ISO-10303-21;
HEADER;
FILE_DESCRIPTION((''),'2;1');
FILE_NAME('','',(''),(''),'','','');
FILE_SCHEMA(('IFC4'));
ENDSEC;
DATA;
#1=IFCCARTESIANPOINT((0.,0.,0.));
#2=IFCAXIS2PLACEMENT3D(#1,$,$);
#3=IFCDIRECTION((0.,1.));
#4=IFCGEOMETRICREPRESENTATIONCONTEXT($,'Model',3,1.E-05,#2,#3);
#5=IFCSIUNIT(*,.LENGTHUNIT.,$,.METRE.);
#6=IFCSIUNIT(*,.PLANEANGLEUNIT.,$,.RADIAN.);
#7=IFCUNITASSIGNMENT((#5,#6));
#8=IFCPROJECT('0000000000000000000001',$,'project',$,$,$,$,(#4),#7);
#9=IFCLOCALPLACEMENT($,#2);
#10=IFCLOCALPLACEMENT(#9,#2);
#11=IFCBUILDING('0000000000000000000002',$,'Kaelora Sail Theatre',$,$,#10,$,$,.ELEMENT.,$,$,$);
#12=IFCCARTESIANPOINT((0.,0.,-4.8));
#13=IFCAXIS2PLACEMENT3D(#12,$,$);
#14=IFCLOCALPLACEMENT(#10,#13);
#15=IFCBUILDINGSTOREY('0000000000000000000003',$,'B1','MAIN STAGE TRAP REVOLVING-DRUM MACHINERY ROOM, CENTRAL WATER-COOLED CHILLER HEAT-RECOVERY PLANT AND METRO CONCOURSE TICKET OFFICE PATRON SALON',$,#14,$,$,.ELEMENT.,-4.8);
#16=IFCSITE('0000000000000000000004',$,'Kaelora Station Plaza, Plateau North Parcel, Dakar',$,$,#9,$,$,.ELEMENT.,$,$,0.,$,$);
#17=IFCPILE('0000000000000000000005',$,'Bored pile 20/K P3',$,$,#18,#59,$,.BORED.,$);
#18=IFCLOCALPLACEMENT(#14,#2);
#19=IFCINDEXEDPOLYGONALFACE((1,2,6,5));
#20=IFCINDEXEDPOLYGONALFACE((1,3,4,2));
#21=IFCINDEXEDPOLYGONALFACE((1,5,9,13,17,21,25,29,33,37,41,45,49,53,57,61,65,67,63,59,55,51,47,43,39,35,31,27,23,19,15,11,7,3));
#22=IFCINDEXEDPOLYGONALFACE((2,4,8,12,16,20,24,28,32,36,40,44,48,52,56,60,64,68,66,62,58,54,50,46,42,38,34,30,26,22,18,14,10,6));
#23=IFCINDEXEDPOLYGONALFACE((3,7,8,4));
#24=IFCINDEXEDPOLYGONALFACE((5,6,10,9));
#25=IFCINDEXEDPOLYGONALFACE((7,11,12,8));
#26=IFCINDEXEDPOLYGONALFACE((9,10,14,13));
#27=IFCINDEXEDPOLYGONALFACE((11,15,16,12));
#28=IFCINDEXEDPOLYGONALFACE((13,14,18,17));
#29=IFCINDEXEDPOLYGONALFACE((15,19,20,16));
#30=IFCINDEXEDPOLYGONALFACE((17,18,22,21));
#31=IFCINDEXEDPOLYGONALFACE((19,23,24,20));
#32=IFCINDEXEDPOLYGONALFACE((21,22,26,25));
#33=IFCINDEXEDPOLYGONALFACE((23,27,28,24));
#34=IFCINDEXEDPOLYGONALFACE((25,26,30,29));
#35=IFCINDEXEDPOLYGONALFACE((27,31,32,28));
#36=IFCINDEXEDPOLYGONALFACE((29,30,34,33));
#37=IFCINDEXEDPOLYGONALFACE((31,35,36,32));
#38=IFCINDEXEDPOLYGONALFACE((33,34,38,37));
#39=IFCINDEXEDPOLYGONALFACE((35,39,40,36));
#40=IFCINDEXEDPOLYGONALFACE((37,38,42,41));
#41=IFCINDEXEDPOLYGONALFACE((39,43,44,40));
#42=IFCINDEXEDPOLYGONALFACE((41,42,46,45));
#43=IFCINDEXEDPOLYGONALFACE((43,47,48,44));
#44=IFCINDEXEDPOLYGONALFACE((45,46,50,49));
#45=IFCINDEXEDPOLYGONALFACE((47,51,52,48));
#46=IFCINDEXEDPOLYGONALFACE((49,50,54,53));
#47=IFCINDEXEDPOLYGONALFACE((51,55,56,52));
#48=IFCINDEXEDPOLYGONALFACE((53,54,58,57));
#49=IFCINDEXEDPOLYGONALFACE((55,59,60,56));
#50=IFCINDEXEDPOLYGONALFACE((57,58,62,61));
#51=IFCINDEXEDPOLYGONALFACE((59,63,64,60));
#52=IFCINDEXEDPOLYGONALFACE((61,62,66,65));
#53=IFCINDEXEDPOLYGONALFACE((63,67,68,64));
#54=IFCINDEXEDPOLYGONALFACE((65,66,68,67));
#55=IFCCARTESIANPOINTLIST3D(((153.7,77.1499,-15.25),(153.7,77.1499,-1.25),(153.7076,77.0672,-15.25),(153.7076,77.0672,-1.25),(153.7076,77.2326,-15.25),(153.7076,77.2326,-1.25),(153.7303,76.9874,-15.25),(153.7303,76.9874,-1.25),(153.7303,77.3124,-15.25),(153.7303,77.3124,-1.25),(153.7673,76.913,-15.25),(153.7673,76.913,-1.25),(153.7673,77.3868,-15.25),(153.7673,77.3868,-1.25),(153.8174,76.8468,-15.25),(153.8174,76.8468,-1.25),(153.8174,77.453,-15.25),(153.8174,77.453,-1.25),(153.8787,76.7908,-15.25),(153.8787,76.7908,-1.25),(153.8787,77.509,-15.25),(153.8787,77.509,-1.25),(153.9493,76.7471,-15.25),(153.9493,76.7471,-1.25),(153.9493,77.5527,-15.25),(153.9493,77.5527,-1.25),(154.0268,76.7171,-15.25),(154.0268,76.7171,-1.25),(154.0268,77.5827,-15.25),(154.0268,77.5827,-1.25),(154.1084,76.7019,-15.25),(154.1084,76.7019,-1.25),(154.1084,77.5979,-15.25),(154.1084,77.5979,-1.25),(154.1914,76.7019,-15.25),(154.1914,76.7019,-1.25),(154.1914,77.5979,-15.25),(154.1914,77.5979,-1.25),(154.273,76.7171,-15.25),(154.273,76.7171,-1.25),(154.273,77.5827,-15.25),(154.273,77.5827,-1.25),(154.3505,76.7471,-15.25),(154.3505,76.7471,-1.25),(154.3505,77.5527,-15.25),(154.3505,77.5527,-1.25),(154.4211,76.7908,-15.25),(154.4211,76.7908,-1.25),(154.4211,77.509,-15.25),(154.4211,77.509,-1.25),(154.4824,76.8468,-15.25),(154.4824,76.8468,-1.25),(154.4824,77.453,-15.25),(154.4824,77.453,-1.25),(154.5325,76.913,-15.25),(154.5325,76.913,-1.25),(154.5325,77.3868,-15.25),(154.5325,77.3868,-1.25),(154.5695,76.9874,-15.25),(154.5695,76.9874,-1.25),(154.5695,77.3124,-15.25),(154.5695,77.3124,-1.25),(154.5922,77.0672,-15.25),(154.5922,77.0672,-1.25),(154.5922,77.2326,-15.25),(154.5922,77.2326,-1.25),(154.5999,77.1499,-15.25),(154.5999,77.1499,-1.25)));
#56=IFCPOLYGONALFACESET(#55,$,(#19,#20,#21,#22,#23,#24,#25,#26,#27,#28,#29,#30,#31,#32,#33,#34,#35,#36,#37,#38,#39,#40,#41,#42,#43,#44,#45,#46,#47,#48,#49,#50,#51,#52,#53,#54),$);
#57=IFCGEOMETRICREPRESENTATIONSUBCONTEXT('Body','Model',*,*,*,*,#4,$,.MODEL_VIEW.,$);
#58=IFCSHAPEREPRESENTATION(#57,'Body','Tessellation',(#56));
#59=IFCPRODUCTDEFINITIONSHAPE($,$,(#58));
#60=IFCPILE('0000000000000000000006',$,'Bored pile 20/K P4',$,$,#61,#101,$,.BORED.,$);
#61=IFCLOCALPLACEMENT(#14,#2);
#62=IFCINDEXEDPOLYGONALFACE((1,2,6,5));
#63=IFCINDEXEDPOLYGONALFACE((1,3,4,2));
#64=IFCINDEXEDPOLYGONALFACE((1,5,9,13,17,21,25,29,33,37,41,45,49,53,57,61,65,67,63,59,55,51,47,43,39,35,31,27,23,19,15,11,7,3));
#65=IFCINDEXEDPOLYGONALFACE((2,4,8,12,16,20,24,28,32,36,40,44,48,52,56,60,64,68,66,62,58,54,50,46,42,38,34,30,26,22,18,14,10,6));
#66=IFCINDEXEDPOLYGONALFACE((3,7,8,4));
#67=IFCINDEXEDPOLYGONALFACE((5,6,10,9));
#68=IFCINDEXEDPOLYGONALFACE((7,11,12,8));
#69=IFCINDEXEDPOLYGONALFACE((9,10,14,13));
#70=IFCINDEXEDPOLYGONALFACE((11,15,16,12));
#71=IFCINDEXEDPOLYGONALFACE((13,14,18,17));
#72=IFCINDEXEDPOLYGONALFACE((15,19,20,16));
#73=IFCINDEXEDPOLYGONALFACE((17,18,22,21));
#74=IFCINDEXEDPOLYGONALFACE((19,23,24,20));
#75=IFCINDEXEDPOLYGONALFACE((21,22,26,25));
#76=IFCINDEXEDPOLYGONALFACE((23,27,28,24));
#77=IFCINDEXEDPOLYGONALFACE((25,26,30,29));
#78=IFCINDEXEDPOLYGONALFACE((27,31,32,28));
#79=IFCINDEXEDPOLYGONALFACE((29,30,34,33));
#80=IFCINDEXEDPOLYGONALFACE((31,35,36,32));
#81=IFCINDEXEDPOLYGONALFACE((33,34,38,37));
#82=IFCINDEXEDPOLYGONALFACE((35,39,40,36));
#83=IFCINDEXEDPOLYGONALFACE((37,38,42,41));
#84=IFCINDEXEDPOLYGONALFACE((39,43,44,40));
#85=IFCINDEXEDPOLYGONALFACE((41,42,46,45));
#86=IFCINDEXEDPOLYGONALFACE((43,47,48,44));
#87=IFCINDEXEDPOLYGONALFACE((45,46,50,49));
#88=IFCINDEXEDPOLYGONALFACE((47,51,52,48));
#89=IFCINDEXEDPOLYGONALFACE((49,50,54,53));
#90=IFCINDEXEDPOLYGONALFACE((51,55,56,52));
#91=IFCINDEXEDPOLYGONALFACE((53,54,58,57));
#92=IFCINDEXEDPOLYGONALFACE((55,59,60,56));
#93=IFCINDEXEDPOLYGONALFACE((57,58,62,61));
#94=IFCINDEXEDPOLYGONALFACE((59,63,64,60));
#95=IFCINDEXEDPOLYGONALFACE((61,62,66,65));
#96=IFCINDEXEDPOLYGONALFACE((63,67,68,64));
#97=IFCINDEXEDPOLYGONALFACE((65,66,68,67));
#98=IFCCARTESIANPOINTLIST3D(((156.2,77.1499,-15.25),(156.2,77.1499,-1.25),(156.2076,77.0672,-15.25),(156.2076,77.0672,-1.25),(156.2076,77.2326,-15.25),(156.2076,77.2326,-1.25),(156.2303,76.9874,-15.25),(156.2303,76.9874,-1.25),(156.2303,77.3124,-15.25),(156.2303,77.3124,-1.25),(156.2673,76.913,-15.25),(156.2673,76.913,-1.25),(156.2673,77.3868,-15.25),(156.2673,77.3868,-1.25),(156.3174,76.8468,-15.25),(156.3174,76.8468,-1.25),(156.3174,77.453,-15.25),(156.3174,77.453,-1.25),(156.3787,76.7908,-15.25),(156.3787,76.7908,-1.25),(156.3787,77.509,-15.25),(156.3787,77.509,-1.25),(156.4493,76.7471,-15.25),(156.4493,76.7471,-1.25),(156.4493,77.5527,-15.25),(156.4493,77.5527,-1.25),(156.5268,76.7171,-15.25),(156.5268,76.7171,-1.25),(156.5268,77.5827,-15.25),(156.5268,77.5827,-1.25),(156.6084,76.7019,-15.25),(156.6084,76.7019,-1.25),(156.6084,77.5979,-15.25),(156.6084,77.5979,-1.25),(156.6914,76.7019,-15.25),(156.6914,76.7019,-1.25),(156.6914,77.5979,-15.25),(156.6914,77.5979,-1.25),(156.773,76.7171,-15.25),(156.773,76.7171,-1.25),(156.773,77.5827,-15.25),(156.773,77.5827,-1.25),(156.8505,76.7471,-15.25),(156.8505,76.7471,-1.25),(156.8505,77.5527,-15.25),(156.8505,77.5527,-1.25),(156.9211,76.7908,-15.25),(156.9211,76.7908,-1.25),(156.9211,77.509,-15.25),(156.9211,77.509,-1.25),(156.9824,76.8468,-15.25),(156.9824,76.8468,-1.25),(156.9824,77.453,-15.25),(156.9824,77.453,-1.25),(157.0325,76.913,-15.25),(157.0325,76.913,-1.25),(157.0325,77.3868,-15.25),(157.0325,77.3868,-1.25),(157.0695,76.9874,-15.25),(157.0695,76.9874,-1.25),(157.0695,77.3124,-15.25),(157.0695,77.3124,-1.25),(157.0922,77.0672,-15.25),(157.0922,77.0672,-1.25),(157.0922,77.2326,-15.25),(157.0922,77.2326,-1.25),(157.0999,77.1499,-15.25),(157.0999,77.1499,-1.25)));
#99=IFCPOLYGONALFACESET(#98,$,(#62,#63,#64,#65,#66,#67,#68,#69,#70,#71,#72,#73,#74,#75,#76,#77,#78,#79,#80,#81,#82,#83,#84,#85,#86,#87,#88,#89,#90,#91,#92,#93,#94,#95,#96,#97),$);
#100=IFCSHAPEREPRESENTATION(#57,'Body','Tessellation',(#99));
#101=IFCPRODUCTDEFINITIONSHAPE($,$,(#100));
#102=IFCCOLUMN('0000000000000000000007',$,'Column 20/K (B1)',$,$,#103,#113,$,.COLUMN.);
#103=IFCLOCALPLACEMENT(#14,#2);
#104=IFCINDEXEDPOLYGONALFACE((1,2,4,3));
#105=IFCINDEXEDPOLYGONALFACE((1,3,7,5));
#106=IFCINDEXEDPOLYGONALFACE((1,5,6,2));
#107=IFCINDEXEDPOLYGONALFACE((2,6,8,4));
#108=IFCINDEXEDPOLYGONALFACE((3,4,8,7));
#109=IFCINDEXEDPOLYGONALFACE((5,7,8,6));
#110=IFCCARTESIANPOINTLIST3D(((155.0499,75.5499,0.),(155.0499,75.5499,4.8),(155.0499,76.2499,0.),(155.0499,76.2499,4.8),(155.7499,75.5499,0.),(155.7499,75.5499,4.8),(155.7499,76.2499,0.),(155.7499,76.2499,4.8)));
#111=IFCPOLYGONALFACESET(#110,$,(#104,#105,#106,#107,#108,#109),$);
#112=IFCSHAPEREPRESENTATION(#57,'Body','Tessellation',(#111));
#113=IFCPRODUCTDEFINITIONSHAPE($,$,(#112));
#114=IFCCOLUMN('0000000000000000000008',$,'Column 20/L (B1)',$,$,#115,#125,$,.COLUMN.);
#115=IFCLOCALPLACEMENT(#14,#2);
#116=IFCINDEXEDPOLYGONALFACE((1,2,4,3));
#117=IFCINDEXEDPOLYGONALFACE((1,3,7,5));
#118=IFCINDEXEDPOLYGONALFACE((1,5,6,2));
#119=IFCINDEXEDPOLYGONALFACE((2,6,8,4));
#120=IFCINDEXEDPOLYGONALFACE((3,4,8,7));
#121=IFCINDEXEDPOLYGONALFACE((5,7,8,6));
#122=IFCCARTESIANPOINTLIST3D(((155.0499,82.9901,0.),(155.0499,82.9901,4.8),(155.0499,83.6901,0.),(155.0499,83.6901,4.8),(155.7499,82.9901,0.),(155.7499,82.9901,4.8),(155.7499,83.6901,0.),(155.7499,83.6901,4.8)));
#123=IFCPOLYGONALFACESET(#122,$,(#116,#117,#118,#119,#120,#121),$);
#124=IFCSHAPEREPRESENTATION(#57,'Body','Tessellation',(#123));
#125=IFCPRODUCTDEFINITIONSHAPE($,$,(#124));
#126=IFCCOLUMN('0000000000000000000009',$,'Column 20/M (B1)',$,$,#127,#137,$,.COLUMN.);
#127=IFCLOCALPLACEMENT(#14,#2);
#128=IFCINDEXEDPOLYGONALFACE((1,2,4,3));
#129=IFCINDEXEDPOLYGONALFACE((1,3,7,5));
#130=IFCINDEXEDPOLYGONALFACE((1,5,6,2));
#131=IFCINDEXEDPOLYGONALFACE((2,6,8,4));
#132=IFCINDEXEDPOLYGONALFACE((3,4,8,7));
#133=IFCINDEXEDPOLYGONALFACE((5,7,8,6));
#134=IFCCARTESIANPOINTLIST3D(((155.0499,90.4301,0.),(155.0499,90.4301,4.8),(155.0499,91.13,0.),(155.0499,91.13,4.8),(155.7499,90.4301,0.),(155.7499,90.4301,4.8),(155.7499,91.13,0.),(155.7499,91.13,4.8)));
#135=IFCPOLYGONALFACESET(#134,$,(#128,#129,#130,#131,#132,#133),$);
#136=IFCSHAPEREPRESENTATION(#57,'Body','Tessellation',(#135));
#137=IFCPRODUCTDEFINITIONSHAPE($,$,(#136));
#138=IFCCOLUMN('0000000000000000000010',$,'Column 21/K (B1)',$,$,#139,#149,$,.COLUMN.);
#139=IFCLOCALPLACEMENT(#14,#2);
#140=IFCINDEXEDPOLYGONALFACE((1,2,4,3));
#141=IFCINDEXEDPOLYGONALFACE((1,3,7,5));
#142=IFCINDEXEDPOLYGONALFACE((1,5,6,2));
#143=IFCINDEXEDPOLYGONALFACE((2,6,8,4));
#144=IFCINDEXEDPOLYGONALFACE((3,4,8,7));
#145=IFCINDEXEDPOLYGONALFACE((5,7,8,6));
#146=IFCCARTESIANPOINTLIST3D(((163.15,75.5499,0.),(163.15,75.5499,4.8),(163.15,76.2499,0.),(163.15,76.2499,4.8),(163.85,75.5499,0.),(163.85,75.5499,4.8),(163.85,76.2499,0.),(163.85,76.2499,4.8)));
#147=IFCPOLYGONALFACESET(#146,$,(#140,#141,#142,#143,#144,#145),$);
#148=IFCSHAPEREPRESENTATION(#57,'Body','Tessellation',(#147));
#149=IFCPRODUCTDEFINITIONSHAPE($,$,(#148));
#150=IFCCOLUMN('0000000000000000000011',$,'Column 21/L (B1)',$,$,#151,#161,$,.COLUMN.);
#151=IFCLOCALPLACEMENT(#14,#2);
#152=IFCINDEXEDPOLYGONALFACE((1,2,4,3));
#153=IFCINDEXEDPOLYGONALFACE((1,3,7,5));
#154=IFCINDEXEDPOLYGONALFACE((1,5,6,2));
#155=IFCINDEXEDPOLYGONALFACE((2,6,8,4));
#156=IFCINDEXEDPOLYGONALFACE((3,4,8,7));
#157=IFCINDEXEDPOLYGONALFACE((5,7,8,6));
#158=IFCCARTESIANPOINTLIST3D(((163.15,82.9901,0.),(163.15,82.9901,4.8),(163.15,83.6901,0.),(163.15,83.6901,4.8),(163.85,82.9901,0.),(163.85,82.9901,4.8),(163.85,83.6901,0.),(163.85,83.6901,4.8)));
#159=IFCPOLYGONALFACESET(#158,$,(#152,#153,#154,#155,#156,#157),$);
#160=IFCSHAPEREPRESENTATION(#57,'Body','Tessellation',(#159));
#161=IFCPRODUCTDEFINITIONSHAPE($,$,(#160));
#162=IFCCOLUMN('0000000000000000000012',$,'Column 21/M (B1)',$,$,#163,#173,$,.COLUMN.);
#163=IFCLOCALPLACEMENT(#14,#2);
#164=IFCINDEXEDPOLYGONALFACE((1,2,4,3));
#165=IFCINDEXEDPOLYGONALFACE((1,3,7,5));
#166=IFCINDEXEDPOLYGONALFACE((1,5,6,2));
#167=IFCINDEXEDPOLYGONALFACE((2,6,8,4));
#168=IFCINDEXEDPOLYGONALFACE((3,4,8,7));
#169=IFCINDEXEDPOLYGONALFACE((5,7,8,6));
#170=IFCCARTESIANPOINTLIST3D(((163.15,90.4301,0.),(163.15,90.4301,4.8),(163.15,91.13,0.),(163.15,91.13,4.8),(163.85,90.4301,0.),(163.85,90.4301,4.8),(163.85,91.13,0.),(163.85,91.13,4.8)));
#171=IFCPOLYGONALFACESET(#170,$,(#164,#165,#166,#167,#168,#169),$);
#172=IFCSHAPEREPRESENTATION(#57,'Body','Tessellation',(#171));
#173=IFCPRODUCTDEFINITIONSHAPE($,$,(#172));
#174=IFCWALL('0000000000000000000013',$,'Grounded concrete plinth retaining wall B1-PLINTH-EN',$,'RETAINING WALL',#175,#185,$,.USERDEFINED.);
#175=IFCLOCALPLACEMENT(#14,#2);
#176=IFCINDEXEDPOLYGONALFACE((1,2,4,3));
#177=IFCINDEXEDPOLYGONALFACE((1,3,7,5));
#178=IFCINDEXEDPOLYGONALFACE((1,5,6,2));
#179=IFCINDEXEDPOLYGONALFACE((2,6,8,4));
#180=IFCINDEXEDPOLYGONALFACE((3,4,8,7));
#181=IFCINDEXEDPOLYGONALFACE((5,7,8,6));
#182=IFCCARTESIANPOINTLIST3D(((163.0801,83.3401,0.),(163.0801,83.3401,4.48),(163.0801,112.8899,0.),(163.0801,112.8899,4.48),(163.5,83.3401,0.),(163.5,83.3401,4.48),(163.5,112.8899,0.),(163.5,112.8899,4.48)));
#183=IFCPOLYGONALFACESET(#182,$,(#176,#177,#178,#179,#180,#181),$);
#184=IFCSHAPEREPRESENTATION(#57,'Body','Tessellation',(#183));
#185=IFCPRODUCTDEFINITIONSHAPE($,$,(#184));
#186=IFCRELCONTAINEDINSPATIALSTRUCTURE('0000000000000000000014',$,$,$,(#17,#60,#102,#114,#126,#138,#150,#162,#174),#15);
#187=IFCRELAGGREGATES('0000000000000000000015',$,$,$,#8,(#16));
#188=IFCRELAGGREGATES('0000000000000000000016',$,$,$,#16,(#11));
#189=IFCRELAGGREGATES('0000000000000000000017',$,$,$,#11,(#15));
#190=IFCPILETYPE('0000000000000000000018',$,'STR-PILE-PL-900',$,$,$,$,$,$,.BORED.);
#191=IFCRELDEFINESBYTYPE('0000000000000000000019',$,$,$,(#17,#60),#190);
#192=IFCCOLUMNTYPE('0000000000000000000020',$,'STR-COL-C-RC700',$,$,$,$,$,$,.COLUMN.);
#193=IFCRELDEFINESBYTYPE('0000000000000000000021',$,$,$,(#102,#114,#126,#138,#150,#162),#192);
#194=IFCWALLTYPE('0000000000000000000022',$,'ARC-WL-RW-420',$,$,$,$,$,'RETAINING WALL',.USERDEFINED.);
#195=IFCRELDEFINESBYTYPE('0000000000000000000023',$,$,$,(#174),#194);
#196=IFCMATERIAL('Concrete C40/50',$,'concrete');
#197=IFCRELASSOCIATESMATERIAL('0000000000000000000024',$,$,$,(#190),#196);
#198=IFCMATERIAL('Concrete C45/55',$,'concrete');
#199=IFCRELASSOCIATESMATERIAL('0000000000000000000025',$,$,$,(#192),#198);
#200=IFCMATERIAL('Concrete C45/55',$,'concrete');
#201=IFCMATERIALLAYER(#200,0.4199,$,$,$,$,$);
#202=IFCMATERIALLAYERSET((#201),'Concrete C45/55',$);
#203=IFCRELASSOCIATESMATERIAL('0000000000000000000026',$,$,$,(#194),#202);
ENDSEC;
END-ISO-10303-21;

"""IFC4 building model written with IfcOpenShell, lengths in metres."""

from ifc_helpers import new_model, si_unit, direction, frame, frame_2d, origin, origin_2d, place, context, subcontext, project, spatial, rectangle, circle, extrude, material, layer, layer_set, material_profile, profile_set, type_object, element, save


model = new_model("IFC4")

# Units and contexts
model_context = context("Model", 3, precision=1e-05, world=origin(), true_north=direction((0.0, 1.0)))
body_context = subcontext(model_context, "Body", "Model", "MODEL_VIEW")
ifc_project = project(units=[si_unit("LENGTHUNIT", "METRE"), si_unit("PLANEANGLEUNIT", "RADIAN")], contexts=[model_context])

# Site, building, storey
site_placement = place(None, origin())
site = spatial("IfcSite", under=ifc_project, at=site_placement, Name="Kaelora Station Plaza, Plateau North Parcel, Dakar", CompositionType="ELEMENT", RefElevation=0.0)
building_placement = place(site_placement, origin())
building = spatial("IfcBuilding", under=site, at=building_placement, Name="Kaelora Sail Theatre", CompositionType="ELEMENT")
storey_placement = place(building_placement, frame((0.0, 0.0, -4.8)))
storey = spatial("IfcBuildingStorey", under=building, at=storey_placement, Name="B1", Description="MAIN STAGE TRAP REVOLVING-DRUM MACHINERY ROOM, CENTRAL WATER-COOLED CHILLER HEAT-RECOVERY PLANT AND METRO CONCOURSE TICKET OFFICE PATRON SALON", CompositionType="ELEMENT", Elevation=-4.8)

# Piles
ifc_material_1 = material(Name="Concrete C40/50", Category="concrete")
ifc_material_profile_1 = material_profile(ifc_material_1, circle(Radius=0.45, at=origin_2d()), Name="PILE D900")
ifc_profile_set_1 = profile_set([ifc_material_profile_1], Name="Concrete C40/50")
pile_type_1 = type_object("IfcPileType", Name="STR-PILE-PL-900", PredefinedType="BORED", material=ifc_profile_set_1)
for number, where, z_axis, x_axis, name in (
    (1, (154.1499, 77.1499, -1.25), (0.0, 0.0, -1.0), (1.0, 0.0, 0.0), "Bored pile 20/K P3"),
    (2, (156.6499, 77.1499, -1.25), (0.0, 0.0, -1.0), (1.0, 0.0, 0.0), "Bored pile 20/K P4"),
):
    element("IfcPile", number, at=place(storey_placement, frame(where, z_axis=z_axis, x_axis=x_axis)), inside=storey, type_object=pile_type_1, Name=name, PredefinedType="BORED", context=body_context, shape_type="SweptSolid", body=[
        extrude(circle(Radius=0.45, at=origin_2d()), origin(), (0.0, 0.0, 1.0), 14.0),
    ])

# Columns
ifc_material_2 = material(Name="Concrete C45/55", Category="concrete")
ifc_material_profile_2 = material_profile(ifc_material_2, rectangle(XDim=0.7, YDim=0.7, at=origin_2d()), Name="RC-COL 700x700")
ifc_profile_set_2 = profile_set([ifc_material_profile_2], Name="Concrete C45/55")
column_type = type_object("IfcColumnType", Name="STR-COL-C-RC700", PredefinedType="COLUMN", material=ifc_profile_set_2)
for number, where, z_axis, x_axis, name in (
    (3, (155.3999, 75.8999, 0.0), (0.0, 0.0, 1.0), (1.0, 0.0, 0.0), "Column 20/K (B1)"),
    (4, (155.3999, 83.3401, 0.0), (0.0, 0.0, 1.0), (1.0, 0.0, 0.0), "Column 20/L (B1)"),
    (5, (155.3999, 90.78, 0.0), (0.0, 0.0, 1.0), (1.0, 0.0, 0.0), "Column 20/M (B1)"),
    (6, (163.5, 75.8999, 0.0), (0.0, 0.0, 1.0), (1.0, 0.0, 0.0), "Column 21/K (B1)"),
    (7, (163.5, 83.3401, 0.0), (0.0, 0.0, 1.0), (1.0, 0.0, 0.0), "Column 21/L (B1)"),
    (8, (163.5, 90.78, 0.0), (0.0, 0.0, 1.0), (1.0, 0.0, 0.0), "Column 21/M (B1)"),
):
    element("IfcColumn", number, at=place(storey_placement, frame(where, z_axis=z_axis, x_axis=x_axis)), inside=storey, type_object=column_type, Name=name, PredefinedType="COLUMN", context=body_context, shape_type="SweptSolid", body=[
        extrude(rectangle(XDim=0.7, YDim=0.7, at=origin_2d()), origin(), (0.0, 0.0, 1.0), 4.8),
    ])

# Wall
ifc_material_3 = material(Name="Concrete C45/55", Category="concrete")
ifc_layer = layer(ifc_material_3, 0.4199)
ifc_layer_set = layer_set([ifc_layer], Name="Concrete C45/55")
wall_type = type_object("IfcWallType", Name="ARC-WL-RW-420", ElementType="RETAINING WALL", PredefinedType="USERDEFINED", material=ifc_layer_set)
wall_placement = place(storey_placement, frame((163.29, 83.3401, 0.0), z_axis=(0.0, 0.0, 1.0), x_axis=(0.0, 1.0, 0.0)))
element("IfcWall", 9, at=wall_placement, inside=storey, type_object=wall_type, Name="Grounded concrete plinth retaining wall B1-PLINTH-EN", ObjectType="RETAINING WALL", PredefinedType="USERDEFINED", context=body_context, shape_type="SweptSolid", body=[
    extrude(rectangle(XDim=29.5498, YDim=0.4199, at=frame_2d((14.7749, 0.0))), origin(), (0.0, 0.0, 1.0), 4.48),
])

save(model, "model.ifc")
